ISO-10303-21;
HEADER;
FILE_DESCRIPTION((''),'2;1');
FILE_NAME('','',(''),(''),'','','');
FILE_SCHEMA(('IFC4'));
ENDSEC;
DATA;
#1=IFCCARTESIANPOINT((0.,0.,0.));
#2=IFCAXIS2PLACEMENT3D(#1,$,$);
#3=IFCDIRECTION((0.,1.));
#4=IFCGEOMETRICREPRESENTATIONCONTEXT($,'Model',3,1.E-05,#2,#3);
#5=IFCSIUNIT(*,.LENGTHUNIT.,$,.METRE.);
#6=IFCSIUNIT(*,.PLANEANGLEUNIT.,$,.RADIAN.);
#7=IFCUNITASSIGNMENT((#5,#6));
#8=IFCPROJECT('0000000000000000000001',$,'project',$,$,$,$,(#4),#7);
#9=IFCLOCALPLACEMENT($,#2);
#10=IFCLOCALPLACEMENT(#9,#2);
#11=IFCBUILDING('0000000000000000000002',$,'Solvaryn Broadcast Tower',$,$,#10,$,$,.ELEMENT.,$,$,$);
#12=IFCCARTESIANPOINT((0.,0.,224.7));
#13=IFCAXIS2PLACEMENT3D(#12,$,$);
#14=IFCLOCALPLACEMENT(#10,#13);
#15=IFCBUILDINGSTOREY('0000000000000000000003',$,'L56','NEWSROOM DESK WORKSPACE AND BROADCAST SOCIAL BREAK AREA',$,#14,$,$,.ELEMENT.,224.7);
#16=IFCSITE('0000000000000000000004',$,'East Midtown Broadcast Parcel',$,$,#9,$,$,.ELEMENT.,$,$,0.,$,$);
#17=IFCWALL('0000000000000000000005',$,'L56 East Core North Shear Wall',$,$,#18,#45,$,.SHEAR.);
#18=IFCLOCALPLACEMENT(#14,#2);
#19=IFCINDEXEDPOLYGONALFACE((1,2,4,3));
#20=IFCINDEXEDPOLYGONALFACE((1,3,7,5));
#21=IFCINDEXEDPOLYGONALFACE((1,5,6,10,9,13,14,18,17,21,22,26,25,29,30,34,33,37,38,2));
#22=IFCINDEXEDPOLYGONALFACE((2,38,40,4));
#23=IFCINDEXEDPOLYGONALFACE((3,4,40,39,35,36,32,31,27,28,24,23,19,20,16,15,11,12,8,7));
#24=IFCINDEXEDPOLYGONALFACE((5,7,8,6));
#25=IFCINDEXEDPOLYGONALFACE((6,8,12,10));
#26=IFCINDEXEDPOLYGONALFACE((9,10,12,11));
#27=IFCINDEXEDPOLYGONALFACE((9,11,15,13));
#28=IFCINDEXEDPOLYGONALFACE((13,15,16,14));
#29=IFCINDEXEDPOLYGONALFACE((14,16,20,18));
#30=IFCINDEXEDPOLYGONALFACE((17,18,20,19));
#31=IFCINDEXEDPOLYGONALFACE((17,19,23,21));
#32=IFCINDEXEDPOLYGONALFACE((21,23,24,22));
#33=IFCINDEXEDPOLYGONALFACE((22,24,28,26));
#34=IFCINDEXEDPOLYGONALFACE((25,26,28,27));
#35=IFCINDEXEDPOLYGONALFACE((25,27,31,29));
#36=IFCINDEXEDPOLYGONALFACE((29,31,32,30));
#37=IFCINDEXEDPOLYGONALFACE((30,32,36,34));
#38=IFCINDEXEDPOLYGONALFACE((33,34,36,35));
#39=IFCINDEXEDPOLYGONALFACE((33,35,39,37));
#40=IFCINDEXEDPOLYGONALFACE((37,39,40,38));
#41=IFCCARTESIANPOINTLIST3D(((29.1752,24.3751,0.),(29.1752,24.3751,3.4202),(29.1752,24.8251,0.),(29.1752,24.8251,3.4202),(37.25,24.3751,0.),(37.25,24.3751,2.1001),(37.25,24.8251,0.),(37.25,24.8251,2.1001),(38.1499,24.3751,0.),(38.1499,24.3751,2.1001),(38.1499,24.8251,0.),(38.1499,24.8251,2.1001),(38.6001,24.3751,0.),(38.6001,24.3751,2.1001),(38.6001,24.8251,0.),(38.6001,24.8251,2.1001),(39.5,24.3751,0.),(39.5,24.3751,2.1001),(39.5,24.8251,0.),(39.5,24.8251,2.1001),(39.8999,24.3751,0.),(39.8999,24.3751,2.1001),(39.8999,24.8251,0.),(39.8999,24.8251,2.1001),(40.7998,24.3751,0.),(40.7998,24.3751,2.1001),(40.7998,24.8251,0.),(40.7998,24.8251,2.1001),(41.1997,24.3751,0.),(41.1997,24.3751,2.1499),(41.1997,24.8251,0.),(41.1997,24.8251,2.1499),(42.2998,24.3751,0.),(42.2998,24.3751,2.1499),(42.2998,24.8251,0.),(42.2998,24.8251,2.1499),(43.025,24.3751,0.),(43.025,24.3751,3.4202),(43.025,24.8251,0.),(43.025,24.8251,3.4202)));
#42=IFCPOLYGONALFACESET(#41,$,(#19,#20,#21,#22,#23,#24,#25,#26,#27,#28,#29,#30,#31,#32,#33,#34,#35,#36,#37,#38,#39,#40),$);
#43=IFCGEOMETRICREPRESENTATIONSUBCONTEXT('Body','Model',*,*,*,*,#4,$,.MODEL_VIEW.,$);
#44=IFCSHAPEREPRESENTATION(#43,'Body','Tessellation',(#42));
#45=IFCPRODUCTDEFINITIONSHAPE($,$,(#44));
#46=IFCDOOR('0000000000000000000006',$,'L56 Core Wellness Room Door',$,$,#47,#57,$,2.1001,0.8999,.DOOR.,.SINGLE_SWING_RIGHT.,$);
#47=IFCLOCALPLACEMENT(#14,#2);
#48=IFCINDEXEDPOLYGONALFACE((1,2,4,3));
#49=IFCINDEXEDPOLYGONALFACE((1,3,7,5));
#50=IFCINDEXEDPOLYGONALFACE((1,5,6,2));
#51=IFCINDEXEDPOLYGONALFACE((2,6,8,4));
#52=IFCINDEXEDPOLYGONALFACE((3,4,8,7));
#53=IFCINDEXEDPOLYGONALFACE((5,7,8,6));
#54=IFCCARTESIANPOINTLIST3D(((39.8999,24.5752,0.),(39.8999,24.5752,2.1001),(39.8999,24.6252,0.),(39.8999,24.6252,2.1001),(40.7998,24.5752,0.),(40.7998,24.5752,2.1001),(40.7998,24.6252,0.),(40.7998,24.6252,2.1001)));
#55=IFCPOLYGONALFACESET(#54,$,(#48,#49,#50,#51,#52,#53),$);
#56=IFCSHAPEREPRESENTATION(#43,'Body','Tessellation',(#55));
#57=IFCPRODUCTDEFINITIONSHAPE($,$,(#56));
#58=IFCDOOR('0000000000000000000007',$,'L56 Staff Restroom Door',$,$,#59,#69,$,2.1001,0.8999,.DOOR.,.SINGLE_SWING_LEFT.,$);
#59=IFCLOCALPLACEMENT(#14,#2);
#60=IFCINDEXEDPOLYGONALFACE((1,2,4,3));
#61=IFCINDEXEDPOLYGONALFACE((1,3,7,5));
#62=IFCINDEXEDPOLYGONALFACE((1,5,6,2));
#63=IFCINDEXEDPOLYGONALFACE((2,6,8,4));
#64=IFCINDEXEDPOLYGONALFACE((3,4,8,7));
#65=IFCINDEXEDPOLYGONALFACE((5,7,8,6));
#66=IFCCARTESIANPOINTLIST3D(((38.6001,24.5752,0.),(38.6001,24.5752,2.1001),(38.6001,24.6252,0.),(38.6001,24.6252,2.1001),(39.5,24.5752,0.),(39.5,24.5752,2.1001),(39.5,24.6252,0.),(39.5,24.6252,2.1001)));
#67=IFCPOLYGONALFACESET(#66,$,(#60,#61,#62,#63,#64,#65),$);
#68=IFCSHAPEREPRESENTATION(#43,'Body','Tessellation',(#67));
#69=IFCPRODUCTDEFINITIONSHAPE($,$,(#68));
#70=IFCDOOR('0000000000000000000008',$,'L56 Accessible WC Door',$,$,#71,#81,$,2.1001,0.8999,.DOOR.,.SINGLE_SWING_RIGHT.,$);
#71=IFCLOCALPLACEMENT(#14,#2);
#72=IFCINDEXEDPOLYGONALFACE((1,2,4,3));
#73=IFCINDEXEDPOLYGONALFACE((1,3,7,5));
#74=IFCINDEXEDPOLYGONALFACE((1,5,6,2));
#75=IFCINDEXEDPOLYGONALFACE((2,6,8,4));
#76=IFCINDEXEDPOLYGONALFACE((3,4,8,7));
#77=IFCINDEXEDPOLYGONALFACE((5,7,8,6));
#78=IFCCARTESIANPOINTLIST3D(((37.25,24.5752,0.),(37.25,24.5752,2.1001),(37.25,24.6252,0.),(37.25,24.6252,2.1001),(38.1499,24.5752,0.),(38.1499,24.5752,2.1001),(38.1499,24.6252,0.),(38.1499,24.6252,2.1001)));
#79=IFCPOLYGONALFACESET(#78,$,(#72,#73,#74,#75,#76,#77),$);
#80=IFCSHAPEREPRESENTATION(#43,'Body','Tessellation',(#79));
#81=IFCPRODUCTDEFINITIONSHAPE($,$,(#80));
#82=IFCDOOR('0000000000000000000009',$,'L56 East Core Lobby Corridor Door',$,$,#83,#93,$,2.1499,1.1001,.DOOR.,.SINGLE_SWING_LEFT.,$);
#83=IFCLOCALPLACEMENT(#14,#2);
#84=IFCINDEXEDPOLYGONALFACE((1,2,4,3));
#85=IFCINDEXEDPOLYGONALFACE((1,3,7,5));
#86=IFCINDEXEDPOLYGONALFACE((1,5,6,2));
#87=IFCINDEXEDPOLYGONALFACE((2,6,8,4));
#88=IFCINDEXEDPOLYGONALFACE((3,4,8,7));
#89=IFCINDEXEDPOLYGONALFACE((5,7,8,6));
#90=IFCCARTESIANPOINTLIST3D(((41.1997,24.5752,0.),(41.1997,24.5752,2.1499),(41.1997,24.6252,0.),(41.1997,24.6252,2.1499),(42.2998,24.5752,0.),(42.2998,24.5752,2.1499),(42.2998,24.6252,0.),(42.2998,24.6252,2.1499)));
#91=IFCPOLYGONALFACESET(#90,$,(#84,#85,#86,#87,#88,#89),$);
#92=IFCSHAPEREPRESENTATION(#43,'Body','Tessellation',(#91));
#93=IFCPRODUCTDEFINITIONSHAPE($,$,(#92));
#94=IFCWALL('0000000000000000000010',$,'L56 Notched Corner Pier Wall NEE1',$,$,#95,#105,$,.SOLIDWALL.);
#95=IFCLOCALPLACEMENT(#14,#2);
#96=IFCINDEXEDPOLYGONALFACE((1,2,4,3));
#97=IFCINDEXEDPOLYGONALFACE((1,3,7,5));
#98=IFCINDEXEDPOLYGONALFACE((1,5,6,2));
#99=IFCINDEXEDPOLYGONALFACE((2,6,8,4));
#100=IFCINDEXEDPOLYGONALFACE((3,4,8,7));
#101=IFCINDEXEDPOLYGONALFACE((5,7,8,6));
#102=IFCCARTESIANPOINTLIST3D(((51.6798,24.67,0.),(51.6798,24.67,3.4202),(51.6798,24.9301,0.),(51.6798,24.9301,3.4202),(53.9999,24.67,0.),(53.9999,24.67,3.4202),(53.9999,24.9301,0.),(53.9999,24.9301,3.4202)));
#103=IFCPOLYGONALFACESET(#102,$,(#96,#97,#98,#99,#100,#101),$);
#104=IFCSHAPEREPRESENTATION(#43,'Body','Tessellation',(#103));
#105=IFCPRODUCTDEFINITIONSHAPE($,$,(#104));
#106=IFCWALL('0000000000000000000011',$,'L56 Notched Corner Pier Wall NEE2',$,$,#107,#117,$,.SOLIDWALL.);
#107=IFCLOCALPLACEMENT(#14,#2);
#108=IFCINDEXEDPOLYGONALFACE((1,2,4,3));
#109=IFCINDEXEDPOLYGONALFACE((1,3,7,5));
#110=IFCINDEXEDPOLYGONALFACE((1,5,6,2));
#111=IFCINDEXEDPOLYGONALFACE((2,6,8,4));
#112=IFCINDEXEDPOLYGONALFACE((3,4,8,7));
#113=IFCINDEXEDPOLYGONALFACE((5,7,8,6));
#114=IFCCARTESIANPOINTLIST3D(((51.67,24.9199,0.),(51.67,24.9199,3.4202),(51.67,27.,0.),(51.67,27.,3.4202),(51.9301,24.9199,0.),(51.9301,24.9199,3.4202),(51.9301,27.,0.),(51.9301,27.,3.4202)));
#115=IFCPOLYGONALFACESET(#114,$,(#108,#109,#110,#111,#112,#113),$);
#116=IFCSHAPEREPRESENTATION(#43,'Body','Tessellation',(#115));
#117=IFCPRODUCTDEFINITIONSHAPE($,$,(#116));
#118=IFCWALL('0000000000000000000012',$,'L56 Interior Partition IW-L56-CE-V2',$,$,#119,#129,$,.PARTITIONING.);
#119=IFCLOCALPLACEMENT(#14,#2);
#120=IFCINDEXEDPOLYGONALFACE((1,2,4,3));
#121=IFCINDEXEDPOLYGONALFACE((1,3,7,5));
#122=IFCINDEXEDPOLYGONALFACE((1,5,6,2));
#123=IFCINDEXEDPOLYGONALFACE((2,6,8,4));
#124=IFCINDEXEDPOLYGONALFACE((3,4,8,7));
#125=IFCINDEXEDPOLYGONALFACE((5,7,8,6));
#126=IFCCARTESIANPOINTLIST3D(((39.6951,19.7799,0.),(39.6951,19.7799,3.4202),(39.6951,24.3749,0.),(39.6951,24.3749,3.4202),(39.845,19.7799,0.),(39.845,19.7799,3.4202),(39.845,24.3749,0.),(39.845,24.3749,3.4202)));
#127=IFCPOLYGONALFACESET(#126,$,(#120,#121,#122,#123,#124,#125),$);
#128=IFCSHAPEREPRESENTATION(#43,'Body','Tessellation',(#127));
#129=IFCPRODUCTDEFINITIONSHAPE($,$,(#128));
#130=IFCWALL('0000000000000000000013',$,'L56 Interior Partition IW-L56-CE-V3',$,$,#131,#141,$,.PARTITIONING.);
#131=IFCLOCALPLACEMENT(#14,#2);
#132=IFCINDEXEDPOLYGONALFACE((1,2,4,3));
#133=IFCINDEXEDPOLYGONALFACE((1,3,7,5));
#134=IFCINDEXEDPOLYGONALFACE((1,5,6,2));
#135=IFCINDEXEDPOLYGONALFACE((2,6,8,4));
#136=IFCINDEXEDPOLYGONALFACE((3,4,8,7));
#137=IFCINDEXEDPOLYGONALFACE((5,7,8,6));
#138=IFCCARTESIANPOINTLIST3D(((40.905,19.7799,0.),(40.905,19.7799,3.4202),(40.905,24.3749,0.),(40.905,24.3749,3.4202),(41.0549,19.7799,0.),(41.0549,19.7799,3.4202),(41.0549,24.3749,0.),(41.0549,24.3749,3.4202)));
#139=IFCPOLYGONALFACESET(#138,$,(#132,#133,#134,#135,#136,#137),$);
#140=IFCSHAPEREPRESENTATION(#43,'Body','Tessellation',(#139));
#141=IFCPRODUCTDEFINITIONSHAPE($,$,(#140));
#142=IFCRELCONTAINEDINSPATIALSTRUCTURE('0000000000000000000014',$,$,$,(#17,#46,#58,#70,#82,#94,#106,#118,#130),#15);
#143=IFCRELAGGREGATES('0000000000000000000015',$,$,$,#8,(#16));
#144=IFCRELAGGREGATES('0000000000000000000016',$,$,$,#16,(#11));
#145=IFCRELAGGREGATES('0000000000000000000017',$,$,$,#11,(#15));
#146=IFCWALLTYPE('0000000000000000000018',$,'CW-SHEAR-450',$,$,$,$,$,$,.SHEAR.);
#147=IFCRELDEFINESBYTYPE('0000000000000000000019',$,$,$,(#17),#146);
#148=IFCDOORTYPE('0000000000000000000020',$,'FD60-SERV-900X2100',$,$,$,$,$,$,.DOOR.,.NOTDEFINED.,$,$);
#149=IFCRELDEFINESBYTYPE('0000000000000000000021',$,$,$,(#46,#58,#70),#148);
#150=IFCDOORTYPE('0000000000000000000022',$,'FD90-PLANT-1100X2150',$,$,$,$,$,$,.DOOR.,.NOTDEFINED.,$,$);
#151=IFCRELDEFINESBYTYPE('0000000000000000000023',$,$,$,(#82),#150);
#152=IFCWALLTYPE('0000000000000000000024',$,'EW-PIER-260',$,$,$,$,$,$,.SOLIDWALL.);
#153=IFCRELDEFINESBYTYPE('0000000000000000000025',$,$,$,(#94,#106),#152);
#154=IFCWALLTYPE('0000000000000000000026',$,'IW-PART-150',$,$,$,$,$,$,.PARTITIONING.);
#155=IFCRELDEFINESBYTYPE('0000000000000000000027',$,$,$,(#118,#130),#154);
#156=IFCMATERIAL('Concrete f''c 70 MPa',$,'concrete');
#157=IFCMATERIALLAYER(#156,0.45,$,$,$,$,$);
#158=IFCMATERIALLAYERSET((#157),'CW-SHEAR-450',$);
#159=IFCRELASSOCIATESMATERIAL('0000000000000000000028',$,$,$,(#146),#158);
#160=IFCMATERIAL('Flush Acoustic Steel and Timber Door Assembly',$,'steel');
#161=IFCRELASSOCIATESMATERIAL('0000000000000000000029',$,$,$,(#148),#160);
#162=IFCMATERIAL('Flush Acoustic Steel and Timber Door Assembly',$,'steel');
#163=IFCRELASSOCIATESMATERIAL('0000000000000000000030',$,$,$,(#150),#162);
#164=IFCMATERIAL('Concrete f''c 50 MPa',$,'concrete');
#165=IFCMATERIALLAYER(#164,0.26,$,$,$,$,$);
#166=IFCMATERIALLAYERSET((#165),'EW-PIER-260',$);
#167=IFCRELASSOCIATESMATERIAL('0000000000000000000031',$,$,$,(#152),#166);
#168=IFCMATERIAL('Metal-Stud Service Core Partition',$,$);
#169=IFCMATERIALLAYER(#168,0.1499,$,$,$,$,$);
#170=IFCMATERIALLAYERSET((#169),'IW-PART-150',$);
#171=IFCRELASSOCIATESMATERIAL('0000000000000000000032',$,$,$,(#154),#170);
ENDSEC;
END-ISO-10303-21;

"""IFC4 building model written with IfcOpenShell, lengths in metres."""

from ifc_helpers import new_model, si_unit, direction, frame, frame_2d, origin, place, context, subcontext, project, spatial, rectangle, extrude, material, layer, layer_set, type_object, element, fill, save


model = new_model("IFC4")

# Units and contexts
model_context = context("Model", 3, precision=1e-05, world=origin(), true_north=direction((0.0, 1.0)))
body_context = subcontext(model_context, "Body", "Model", "MODEL_VIEW")
ifc_project = project(units=[si_unit("LENGTHUNIT", "METRE"), si_unit("PLANEANGLEUNIT", "RADIAN")], contexts=[model_context])

# Site, building, storey
site_placement = place(None, origin())
site = spatial("IfcSite", under=ifc_project, at=site_placement, Name="East Midtown Broadcast Parcel", CompositionType="ELEMENT", RefElevation=0.0)
building_placement = place(site_placement, origin())
building = spatial("IfcBuilding", under=site, at=building_placement, Name="Solvaryn Broadcast Tower", CompositionType="ELEMENT")
storey_placement = place(building_placement, frame((0.0, 0.0, 224.7)))
storey = spatial("IfcBuildingStorey", under=building, at=storey_placement, Name="L56", Description="NEWSROOM DESK WORKSPACE AND BROADCAST SOCIAL BREAK AREA", CompositionType="ELEMENT", Elevation=224.7)

# Wall, openings, doors
ifc_material_1 = material(Name="Concrete f'c 70 MPa", Category="concrete")
ifc_layer_1 = layer(ifc_material_1, 0.45)
ifc_layer_set_1 = layer_set([ifc_layer_1], Name="CW-SHEAR-450")
wall_type_1 = type_object("IfcWallType", Name="CW-SHEAR-450", PredefinedType="SHEAR", material=ifc_layer_set_1)
wall_1_placement = place(storey_placement, frame((43.0249, 24.6001, 0.0), z_axis=(0.0, 0.0, 1.0), x_axis=(-1.0, 0.0, 0.0)))
wall_1 = element("IfcWall", 1, at=wall_1_placement, inside=storey, type_object=wall_type_1, Name="L56 East Core North Shear Wall", PredefinedType="SHEAR", context=body_context, shape_type="SweptSolid", body=[
    extrude(rectangle(XDim=13.8499, YDim=0.45, at=frame_2d((6.9248, 0.0))), origin(), (0.0, 0.0, 1.0), 3.4202),
])
opening_1_placement = place(wall_1_placement, frame((0.7251, 0.0, 0.0)))
opening_1 = element("IfcOpeningElement", 2, at=opening_1_placement, cuts=wall_1, PredefinedType="OPENING", context=body_context, shape_type="SweptSolid", body=[
    extrude(rectangle(XDim=1.1001, YDim=2.1499, at=frame_2d((0.55, 1.075))), frame((0.0, 0.2351, 0.0), z_axis=(0.0, -1.0, 0.0), x_axis=(1.0, 0.0, 0.0)), (0.0, 0.0, 1.0), 0.47),
])
opening_2_placement = place(wall_1_placement, frame((2.2251, 0.0, 0.0)))
opening_2 = element("IfcOpeningElement", 3, at=opening_2_placement, cuts=wall_1, PredefinedType="OPENING", context=body_context, shape_type="SweptSolid", body=[
    extrude(rectangle(XDim=0.8999, YDim=2.1001, at=frame_2d((0.45, 1.05))), frame((0.0, 0.2351, 0.0), z_axis=(0.0, -1.0, 0.0), x_axis=(1.0, 0.0, 0.0)), (0.0, 0.0, 1.0), 0.47),
])
opening_3_placement = place(wall_1_placement, frame((3.5249, 0.0, 0.0)))
opening_3 = element("IfcOpeningElement", 4, at=opening_3_placement, cuts=wall_1, PredefinedType="OPENING", context=body_context, shape_type="SweptSolid", body=[
    extrude(rectangle(XDim=0.8999, YDim=2.1001, at=frame_2d((0.45, 1.05))), frame((0.0, 0.2351, 0.0), z_axis=(0.0, -1.0, 0.0), x_axis=(1.0, 0.0, 0.0)), (0.0, 0.0, 1.0), 0.47),
])
opening_4_placement = place(wall_1_placement, frame((4.875, 0.0, 0.0)))
opening_4 = element("IfcOpeningElement", 5, at=opening_4_placement, cuts=wall_1, PredefinedType="OPENING", context=body_context, shape_type="SweptSolid", body=[
    extrude(rectangle(XDim=0.8999, YDim=2.1001, at=frame_2d((0.45, 1.05))), frame((0.0, 0.2351, 0.0), z_axis=(0.0, -1.0, 0.0), x_axis=(1.0, 0.0, 0.0)), (0.0, 0.0, 1.0), 0.47),
])
ifc_material_2 = material(Name="Flush Acoustic Steel and Timber Door Assembly", Category="steel")
door_type_1 = type_object("IfcDoorType", Name="FD60-SERV-900X2100", OperationType="NOTDEFINED", PredefinedType="DOOR", material=ifc_material_2)
door_1_placement = place(opening_2_placement, origin())
door_1 = element("IfcDoor", 6, at=door_1_placement, inside=storey, type_object=door_type_1, Name="L56 Core Wellness Room Door", OperationType="SINGLE_SWING_RIGHT", OverallHeight=2.1001, OverallWidth=0.8999, PredefinedType="DOOR", context=body_context, shape_type="SweptSolid", body=[
    extrude(rectangle(XDim=0.8999, YDim=2.1001, at=frame_2d((0.45, 1.05))), frame((0.0, 0.0249, 0.0), z_axis=(0.0, -1.0, 0.0), x_axis=(1.0, 0.0, 0.0)), (0.0, 0.0, 1.0), 0.05),
])
fill(opening_2, door_1)
door_2_placement = place(opening_3_placement, origin())
door_2 = element("IfcDoor", 7, at=door_2_placement, inside=storey, type_object=door_type_1, Name="L56 Staff Restroom Door", OperationType="SINGLE_SWING_LEFT", OverallHeight=2.1001, OverallWidth=0.8999, PredefinedType="DOOR", context=body_context, shape_type="SweptSolid", body=[
    extrude(rectangle(XDim=0.8999, YDim=2.1001, at=frame_2d((0.45, 1.05))), frame((0.0, 0.0249, 0.0), z_axis=(0.0, -1.0, 0.0), x_axis=(1.0, 0.0, 0.0)), (0.0, 0.0, 1.0), 0.05),
])
fill(opening_3, door_2)
door_3_placement = place(opening_4_placement, origin())
door_3 = element("IfcDoor", 8, at=door_3_placement, inside=storey, type_object=door_type_1, Name="L56 Accessible WC Door", OperationType="SINGLE_SWING_RIGHT", OverallHeight=2.1001, OverallWidth=0.8999, PredefinedType="DOOR", context=body_context, shape_type="SweptSolid", body=[
    extrude(rectangle(XDim=0.8999, YDim=2.1001, at=frame_2d((0.45, 1.05))), frame((0.0, 0.0249, 0.0), z_axis=(0.0, -1.0, 0.0), x_axis=(1.0, 0.0, 0.0)), (0.0, 0.0, 1.0), 0.05),
])
fill(opening_4, door_3)
ifc_material_3 = material(Name="Flush Acoustic Steel and Timber Door Assembly", Category="steel")
door_type_2 = type_object("IfcDoorType", Name="FD90-PLANT-1100X2150", OperationType="NOTDEFINED", PredefinedType="DOOR", material=ifc_material_3)
door_4_placement = place(opening_1_placement, origin())
door_4 = element("IfcDoor", 9, at=door_4_placement, inside=storey, type_object=door_type_2, Name="L56 East Core Lobby Corridor Door", OperationType="SINGLE_SWING_LEFT", OverallHeight=2.1499, OverallWidth=1.1001, PredefinedType="DOOR", context=body_context, shape_type="SweptSolid", body=[
    extrude(rectangle(XDim=1.1001, YDim=2.1499, at=frame_2d((0.55, 1.075))), frame((0.0, 0.0249, 0.0), z_axis=(0.0, -1.0, 0.0), x_axis=(1.0, 0.0, 0.0)), (0.0, 0.0, 1.0), 0.05),
])
fill(opening_1, door_4)

# Walls
ifc_material_4 = material(Name="Concrete f'c 50 MPa", Category="concrete")
ifc_layer_2 = layer(ifc_material_4, 0.26)
ifc_layer_set_2 = layer_set([ifc_layer_2], Name="EW-PIER-260")
wall_type_2 = type_object("IfcWallType", Name="EW-PIER-260", PredefinedType="SOLIDWALL", material=ifc_layer_set_2)
wall_2_placement = place(storey_placement, frame((54.0, 24.8, 0.0), z_axis=(0.0, 0.0, 1.0), x_axis=(-1.0, 0.0, 0.0)))
element("IfcWall", 10, at=wall_2_placement, inside=storey, type_object=wall_type_2, Name="L56 Notched Corner Pier Wall NEE1", PredefinedType="SOLIDWALL", context=body_context, shape_type="SweptSolid", body=[
    extrude(rectangle(XDim=2.3201, YDim=0.26, at=frame_2d((1.1602, 0.0))), origin(), (0.0, 0.0, 1.0), 3.4202),
])
wall_3_placement = place(storey_placement, frame((51.8, 24.9199, 0.0), z_axis=(0.0, 0.0, 1.0), x_axis=(0.0, 1.0, 0.0)))
element("IfcWall", 11, at=wall_3_placement, inside=storey, type_object=wall_type_2, Name="L56 Notched Corner Pier Wall NEE2", PredefinedType="SOLIDWALL", context=body_context, shape_type="SweptSolid", body=[
    extrude(rectangle(XDim=2.0801, YDim=0.26, at=frame_2d((1.04, 0.0))), origin(), (0.0, 0.0, 1.0), 3.4202),
])
ifc_material_5 = material(Name="Metal-Stud Service Core Partition")
ifc_layer_3 = layer(ifc_material_5, 0.1499)
ifc_layer_set_3 = layer_set([ifc_layer_3], Name="IW-PART-150")
wall_type_3 = type_object("IfcWallType", Name="IW-PART-150", PredefinedType="PARTITIONING", material=ifc_layer_set_3)
for number, where, z_axis, x_axis, name in (
    (12, (39.77, 19.78, 0.0), (0.0, 0.0, 1.0), (0.0, 1.0, 0.0), "L56 Interior Partition IW-L56-CE-V2"),
    (13, (40.98, 19.78, 0.0), (0.0, 0.0, 1.0), (0.0, 1.0, 0.0), "L56 Interior Partition IW-L56-CE-V3"),
):
    element("IfcWall", number, at=place(storey_placement, frame(where, z_axis=z_axis, x_axis=x_axis)), inside=storey, type_object=wall_type_3, Name=name, PredefinedType="PARTITIONING", context=body_context, shape_type="SweptSolid", body=[
        extrude(rectangle(XDim=4.595, YDim=0.1499, at=frame_2d((2.2974, 0.0))), origin(), (0.0, 0.0, 1.0), 3.4202),
    ])

save(model, "model.ifc")
